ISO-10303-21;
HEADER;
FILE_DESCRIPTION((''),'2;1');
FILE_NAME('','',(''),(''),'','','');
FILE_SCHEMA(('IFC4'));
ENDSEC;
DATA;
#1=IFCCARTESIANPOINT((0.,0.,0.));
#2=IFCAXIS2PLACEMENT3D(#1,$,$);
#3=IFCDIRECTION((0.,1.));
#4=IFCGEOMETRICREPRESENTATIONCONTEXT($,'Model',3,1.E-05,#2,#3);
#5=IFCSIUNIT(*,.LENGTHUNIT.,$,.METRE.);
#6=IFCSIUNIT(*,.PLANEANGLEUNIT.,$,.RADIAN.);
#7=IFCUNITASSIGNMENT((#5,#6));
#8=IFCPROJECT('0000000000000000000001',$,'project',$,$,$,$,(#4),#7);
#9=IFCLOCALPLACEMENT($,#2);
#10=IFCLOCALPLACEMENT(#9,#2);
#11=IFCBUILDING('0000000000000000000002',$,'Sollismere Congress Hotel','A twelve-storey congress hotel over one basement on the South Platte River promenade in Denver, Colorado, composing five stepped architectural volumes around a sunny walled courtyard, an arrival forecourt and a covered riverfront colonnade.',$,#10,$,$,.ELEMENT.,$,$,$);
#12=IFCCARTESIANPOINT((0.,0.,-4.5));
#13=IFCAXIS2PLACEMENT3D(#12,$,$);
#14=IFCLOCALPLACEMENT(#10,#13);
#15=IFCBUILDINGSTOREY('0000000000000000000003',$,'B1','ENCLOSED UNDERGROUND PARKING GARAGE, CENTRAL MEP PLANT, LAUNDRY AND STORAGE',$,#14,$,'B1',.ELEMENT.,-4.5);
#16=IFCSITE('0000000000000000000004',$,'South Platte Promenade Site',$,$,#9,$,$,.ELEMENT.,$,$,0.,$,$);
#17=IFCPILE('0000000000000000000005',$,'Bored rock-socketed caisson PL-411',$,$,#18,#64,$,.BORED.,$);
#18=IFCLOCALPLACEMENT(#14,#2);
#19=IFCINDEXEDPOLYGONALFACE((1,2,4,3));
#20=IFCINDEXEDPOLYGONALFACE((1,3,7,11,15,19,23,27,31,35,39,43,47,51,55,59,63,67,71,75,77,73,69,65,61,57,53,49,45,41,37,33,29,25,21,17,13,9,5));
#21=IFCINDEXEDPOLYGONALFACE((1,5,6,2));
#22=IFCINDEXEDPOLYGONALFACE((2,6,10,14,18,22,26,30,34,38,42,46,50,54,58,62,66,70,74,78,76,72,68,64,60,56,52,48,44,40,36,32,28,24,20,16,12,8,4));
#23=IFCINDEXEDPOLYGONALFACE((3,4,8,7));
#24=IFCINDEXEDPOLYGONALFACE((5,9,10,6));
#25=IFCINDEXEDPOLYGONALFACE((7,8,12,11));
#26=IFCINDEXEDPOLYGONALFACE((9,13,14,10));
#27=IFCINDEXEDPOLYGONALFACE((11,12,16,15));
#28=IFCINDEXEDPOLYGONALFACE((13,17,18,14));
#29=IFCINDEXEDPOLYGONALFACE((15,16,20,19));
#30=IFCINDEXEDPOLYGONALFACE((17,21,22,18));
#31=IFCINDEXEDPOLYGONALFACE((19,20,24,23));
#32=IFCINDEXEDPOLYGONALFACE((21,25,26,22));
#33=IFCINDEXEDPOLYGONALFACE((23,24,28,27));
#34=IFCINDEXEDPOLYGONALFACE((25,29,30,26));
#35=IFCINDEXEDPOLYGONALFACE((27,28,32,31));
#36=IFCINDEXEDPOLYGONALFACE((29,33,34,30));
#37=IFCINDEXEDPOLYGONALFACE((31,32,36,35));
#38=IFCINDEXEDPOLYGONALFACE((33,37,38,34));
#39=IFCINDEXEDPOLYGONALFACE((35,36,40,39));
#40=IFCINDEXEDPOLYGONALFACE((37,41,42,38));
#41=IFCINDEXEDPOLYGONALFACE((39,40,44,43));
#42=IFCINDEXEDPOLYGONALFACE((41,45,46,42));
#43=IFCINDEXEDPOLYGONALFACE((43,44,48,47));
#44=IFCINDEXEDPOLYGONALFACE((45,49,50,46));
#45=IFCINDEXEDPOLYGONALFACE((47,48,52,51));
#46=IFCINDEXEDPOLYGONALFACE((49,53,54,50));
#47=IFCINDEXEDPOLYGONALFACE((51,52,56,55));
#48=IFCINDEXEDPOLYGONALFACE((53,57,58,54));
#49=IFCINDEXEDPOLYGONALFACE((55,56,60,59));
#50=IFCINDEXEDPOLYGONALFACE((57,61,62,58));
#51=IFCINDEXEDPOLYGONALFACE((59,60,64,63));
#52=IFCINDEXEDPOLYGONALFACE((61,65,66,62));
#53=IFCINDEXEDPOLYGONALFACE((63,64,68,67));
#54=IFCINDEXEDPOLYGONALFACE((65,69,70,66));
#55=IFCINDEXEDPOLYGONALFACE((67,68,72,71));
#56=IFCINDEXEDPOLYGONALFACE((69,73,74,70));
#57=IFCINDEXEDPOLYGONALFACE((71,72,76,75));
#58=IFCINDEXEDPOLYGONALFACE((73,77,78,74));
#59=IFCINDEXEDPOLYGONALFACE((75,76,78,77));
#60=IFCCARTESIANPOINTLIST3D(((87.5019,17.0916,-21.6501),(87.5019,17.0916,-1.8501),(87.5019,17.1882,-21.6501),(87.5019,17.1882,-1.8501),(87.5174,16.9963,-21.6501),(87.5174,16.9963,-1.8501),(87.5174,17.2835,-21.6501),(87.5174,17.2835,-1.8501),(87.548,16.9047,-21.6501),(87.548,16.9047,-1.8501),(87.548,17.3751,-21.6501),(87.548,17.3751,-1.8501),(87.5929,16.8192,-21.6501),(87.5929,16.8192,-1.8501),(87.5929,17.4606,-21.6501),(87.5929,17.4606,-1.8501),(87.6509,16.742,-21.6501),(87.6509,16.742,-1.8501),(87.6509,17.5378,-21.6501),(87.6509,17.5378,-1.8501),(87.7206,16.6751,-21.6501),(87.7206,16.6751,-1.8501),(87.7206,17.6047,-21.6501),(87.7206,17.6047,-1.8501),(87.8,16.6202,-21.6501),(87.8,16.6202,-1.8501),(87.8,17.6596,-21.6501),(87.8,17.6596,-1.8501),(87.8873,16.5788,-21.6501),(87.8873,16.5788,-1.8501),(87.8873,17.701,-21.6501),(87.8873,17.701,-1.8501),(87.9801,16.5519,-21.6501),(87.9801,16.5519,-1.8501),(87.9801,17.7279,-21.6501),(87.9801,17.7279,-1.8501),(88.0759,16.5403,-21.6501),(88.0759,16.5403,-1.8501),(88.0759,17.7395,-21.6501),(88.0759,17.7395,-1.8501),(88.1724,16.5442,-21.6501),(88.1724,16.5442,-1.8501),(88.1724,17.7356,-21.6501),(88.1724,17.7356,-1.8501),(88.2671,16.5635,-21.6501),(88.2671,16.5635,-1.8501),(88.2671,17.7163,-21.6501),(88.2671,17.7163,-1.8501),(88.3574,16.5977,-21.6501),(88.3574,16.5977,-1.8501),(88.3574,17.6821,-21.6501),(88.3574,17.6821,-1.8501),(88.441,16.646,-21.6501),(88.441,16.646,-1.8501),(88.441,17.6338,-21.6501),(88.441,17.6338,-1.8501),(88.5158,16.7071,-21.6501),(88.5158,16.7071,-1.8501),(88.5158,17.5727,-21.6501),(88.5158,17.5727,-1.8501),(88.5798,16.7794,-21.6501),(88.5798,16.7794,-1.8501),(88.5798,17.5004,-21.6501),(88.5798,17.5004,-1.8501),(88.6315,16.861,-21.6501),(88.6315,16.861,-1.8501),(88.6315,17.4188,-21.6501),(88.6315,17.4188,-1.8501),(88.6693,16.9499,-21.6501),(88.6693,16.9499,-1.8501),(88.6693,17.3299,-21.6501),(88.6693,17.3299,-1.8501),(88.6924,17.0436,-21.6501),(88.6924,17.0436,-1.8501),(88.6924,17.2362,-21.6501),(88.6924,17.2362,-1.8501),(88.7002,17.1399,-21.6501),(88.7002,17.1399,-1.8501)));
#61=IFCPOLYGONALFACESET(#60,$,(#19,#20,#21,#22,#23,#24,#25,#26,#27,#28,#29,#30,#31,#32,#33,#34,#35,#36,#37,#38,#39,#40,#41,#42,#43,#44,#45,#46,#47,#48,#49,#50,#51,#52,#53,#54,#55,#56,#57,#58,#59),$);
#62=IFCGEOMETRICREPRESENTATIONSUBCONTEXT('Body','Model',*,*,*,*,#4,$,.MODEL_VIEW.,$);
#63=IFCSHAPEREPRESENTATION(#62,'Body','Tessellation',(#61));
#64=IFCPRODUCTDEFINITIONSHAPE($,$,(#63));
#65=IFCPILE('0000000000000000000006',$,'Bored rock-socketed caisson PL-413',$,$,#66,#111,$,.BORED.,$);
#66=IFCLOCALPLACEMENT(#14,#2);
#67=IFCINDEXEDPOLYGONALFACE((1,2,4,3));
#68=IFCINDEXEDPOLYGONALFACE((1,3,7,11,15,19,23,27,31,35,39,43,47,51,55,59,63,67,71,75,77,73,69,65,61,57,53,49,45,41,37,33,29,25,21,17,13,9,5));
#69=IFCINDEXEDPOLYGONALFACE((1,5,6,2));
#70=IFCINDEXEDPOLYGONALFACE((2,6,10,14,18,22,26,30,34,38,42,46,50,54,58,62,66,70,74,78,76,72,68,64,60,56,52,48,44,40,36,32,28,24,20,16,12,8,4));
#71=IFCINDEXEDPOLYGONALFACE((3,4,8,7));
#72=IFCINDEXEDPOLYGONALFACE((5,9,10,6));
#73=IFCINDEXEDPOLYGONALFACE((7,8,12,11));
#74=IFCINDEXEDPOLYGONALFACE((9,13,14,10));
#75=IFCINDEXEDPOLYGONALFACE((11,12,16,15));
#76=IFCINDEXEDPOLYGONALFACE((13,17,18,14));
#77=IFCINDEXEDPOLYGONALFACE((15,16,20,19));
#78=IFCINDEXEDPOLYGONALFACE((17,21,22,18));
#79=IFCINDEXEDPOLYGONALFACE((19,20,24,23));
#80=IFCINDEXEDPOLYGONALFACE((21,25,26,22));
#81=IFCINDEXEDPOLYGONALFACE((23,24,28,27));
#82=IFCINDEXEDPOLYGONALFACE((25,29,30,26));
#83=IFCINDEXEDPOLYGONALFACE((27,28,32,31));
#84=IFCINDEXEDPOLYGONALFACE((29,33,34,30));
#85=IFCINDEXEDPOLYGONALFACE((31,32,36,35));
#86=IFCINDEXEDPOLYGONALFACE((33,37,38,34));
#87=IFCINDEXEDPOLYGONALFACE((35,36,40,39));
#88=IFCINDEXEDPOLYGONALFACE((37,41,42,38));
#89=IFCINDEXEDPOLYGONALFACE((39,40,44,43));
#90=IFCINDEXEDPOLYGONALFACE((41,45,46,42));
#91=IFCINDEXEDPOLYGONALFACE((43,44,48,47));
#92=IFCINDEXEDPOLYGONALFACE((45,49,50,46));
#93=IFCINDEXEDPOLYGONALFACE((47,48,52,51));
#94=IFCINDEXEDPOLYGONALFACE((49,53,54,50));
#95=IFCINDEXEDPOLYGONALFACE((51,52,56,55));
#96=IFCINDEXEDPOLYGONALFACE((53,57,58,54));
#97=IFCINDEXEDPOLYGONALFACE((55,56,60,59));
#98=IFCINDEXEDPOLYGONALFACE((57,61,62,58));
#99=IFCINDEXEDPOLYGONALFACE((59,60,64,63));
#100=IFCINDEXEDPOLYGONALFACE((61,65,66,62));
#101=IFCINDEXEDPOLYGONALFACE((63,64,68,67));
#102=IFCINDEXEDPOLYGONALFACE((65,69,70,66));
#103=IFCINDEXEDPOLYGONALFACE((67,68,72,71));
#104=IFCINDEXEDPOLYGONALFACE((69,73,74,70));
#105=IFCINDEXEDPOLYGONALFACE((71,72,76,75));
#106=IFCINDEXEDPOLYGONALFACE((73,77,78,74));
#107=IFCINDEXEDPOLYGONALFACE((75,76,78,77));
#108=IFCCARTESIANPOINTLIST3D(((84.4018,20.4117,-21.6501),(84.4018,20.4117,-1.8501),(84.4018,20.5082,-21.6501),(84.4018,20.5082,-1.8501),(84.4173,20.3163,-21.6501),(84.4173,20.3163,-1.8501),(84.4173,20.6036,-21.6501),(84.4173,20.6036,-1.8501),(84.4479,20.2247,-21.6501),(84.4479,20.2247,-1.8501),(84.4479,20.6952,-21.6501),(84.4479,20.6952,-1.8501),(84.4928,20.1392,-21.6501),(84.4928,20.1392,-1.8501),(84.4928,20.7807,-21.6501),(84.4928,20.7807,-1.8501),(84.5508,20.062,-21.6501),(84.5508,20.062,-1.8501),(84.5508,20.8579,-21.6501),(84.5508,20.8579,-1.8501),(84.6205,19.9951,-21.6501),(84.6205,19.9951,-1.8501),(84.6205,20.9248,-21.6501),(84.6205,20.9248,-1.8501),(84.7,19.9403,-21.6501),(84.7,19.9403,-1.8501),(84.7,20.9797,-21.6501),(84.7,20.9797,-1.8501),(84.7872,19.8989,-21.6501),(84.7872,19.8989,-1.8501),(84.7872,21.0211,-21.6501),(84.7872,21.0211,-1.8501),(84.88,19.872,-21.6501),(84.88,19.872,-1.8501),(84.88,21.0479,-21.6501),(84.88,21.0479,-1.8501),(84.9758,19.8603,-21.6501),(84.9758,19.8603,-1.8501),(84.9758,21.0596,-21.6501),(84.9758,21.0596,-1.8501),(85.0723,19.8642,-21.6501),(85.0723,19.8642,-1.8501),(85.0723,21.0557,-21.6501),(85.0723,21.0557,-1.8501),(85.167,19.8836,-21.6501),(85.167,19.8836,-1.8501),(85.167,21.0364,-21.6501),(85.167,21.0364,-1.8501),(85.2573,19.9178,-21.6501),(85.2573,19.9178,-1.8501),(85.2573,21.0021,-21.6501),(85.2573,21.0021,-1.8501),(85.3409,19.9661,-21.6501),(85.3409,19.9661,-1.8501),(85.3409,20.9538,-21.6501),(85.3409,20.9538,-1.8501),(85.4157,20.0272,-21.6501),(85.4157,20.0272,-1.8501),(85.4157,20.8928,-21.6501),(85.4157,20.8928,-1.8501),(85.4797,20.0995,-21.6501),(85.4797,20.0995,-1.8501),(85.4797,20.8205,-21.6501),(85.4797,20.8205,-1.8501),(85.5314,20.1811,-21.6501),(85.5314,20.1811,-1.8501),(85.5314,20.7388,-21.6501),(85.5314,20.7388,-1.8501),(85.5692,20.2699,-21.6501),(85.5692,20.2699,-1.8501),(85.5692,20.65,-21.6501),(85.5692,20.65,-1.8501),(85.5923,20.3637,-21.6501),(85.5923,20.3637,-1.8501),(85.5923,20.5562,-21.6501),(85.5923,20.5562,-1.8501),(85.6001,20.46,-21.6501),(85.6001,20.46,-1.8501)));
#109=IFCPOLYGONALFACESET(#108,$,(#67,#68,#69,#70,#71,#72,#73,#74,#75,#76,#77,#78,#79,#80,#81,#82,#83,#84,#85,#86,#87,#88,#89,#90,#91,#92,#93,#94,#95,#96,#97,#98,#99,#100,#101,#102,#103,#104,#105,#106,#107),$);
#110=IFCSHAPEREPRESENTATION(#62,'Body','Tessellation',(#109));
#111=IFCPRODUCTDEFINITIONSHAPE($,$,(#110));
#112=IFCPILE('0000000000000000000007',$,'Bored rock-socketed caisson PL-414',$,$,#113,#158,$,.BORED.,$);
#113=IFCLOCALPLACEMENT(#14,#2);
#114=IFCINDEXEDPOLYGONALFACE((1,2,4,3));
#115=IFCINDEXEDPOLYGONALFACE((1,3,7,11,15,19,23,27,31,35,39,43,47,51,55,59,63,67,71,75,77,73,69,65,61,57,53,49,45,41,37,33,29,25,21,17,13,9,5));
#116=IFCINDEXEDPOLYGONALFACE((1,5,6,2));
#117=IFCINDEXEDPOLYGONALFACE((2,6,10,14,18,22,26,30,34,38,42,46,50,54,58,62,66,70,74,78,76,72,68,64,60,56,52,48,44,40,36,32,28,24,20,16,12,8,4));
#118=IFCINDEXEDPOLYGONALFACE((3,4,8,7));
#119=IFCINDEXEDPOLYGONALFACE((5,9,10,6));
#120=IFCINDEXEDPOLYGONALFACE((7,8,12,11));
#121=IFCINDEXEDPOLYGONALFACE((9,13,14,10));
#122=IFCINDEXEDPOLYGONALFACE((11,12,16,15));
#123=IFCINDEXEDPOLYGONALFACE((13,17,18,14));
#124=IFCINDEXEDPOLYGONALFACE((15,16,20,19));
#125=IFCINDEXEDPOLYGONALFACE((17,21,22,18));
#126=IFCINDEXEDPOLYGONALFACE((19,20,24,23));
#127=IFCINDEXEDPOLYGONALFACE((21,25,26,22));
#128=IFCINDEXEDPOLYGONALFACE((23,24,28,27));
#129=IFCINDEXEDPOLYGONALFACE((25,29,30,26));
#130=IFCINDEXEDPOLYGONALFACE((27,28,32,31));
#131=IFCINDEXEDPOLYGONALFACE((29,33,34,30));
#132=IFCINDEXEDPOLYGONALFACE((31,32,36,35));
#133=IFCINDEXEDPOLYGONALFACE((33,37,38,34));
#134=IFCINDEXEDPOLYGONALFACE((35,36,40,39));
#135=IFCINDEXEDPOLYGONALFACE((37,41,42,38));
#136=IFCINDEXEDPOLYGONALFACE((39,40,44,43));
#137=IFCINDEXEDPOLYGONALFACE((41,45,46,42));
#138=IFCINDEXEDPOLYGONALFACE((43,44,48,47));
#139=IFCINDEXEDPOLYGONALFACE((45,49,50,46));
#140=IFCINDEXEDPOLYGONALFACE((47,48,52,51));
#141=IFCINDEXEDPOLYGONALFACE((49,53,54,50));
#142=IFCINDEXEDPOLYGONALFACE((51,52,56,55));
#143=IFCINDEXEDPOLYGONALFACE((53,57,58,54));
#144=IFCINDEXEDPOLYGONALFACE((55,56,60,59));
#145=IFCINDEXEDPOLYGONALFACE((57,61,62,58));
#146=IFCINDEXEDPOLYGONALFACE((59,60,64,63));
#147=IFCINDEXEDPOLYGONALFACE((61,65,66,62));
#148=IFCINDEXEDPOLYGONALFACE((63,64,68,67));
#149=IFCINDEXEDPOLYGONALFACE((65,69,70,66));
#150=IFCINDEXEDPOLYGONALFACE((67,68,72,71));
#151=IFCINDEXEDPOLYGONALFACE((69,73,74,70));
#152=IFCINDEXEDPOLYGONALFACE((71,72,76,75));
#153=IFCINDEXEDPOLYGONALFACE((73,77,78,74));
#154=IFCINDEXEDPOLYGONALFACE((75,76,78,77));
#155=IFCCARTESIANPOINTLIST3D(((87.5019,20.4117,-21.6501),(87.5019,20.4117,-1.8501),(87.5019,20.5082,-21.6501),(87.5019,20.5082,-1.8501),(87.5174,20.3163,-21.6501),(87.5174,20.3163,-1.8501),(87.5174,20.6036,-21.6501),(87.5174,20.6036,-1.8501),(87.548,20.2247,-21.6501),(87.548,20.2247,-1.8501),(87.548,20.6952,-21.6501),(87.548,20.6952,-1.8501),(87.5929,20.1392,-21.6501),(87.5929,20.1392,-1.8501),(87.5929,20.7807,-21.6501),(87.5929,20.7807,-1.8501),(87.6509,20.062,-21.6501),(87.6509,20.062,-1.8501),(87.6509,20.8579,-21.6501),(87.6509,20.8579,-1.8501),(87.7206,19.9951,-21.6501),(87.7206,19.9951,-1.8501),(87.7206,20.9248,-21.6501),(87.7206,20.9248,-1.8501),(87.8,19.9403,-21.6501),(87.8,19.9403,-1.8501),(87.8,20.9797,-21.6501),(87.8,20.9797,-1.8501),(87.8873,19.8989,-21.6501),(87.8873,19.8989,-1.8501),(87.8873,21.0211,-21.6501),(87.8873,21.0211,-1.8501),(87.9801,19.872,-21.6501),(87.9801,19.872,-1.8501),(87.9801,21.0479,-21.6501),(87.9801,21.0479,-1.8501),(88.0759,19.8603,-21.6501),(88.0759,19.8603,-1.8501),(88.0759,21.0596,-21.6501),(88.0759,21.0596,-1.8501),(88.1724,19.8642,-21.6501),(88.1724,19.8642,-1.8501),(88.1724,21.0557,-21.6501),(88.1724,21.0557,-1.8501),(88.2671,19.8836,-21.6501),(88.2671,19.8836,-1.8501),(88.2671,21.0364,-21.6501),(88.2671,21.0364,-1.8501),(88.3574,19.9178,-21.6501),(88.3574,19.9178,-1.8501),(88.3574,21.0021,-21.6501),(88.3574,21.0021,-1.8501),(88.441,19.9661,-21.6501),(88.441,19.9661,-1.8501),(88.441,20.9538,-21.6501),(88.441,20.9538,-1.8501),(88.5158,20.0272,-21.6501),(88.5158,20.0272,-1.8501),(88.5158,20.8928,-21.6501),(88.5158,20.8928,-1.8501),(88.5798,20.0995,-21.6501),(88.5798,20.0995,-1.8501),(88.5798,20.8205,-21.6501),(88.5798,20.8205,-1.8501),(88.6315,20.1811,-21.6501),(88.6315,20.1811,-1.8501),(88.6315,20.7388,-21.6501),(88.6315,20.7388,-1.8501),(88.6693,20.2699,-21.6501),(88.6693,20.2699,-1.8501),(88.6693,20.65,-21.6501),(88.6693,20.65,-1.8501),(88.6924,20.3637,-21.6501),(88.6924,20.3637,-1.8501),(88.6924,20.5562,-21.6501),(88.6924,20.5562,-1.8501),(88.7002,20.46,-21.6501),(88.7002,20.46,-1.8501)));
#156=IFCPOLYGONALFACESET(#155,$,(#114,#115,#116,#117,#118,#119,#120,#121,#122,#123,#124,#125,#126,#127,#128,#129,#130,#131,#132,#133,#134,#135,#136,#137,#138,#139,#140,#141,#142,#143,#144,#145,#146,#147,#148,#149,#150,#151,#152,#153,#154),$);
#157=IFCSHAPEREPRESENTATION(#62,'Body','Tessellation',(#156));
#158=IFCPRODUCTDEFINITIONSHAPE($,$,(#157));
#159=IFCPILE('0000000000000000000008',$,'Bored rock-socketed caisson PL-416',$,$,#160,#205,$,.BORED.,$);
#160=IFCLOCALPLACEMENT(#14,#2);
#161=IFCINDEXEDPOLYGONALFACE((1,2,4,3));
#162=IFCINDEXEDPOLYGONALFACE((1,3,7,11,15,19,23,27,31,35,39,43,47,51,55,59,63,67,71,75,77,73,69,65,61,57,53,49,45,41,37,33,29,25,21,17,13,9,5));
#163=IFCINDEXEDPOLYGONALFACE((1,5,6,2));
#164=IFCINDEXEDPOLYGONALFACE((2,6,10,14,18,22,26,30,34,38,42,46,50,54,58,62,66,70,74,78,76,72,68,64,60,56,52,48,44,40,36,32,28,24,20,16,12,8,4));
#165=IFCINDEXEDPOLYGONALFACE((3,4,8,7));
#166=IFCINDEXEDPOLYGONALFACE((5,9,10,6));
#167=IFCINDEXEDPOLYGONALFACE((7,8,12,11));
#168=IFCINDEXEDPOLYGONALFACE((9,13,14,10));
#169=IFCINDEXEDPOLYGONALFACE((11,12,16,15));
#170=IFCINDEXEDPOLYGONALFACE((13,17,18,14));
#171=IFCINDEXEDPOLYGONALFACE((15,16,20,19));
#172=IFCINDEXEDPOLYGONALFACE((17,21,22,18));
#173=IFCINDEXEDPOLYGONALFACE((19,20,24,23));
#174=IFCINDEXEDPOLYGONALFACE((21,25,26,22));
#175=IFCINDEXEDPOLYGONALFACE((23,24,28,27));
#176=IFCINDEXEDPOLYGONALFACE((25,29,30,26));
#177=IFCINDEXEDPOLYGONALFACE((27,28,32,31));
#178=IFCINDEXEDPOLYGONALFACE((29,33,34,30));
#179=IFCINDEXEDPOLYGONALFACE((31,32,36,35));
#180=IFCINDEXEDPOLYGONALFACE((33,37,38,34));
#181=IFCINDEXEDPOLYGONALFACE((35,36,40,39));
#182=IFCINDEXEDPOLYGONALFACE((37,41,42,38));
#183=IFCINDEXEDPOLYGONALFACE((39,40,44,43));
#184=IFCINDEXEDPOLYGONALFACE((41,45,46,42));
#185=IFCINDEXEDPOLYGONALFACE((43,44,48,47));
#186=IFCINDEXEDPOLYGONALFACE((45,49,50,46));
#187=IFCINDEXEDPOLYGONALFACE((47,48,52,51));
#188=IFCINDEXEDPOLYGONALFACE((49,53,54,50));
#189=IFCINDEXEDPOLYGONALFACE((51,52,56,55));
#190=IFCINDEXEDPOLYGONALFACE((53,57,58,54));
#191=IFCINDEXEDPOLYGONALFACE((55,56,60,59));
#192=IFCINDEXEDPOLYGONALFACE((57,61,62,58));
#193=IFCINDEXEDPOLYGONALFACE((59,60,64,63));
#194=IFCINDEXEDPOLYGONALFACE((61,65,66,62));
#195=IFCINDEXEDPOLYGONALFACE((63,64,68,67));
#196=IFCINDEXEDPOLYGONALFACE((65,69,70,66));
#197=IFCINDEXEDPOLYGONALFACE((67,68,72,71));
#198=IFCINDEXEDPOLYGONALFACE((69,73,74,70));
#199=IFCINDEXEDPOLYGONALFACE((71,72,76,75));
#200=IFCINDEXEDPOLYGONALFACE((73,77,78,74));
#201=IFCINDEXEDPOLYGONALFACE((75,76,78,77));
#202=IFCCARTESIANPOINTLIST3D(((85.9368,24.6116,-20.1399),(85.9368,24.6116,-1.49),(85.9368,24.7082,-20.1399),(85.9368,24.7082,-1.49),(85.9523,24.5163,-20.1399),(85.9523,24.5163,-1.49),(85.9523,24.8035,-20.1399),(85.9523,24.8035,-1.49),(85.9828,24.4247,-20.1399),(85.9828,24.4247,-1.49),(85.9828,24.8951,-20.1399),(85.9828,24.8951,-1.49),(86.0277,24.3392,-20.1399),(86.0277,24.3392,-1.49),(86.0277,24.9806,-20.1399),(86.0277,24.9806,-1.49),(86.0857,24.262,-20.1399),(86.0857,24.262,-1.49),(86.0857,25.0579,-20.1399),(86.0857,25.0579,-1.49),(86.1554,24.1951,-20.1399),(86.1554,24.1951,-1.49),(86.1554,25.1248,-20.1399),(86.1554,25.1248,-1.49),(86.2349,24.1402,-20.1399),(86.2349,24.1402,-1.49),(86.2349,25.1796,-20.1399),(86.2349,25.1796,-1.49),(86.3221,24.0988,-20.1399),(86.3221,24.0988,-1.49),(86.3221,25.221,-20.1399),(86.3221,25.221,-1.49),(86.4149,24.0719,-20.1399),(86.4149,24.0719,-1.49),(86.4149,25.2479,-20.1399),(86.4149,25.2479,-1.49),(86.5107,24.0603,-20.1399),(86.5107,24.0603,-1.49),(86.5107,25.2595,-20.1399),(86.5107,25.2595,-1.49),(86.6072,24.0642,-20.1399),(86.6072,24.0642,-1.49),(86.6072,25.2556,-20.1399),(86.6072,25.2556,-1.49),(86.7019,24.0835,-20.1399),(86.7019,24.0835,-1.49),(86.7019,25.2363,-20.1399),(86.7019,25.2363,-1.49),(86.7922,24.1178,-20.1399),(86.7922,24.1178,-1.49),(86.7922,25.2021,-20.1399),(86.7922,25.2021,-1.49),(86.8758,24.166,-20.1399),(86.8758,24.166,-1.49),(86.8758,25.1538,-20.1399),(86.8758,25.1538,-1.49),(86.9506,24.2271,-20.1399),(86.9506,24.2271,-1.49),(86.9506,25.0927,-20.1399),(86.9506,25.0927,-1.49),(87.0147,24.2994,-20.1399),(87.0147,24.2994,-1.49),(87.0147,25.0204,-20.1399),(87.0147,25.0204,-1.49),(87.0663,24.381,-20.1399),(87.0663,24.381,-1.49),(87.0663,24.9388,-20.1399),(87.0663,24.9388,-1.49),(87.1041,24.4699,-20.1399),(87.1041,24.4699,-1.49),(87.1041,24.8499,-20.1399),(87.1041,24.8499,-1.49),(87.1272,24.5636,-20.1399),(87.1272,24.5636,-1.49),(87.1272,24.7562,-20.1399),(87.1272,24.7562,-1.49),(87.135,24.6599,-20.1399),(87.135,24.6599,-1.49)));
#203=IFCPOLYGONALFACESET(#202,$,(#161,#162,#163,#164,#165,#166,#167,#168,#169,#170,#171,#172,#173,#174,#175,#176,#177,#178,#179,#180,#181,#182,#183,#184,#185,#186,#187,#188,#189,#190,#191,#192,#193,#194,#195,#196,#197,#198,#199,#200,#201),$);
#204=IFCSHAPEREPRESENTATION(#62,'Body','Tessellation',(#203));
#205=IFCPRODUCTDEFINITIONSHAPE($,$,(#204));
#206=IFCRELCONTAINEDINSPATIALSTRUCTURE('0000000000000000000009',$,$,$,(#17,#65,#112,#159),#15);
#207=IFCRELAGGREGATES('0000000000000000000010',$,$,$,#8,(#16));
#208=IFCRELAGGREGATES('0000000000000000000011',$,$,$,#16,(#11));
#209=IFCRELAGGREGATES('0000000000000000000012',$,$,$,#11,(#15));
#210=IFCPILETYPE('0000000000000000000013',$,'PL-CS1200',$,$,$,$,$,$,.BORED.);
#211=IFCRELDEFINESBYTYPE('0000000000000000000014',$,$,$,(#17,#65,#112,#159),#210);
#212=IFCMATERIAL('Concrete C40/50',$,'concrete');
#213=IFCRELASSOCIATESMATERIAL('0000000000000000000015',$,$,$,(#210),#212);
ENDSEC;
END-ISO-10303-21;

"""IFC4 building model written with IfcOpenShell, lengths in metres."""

from ifc_helpers import new_model, si_unit, direction, frame, origin, origin_2d, place, context, subcontext, project, spatial, circle, extrude, material, material_profile, profile_set, type_object, element, save


model = new_model("IFC4")

# Units and contexts
model_context = context("Model", 3, precision=1e-05, world=origin(), true_north=direction((0.0, 1.0)))
body_context = subcontext(model_context, "Body", "Model", "MODEL_VIEW")
ifc_project = project(units=[si_unit("LENGTHUNIT", "METRE"), si_unit("PLANEANGLEUNIT", "RADIAN")], contexts=[model_context])

# Site, building, storey
site_placement = place(None, origin())
site = spatial("IfcSite", under=ifc_project, at=site_placement, Name="South Platte Promenade Site", CompositionType="ELEMENT", RefElevation=0.0)
building_placement = place(site_placement, origin())
building = spatial("IfcBuilding", under=site, at=building_placement, Name="Sollismere Congress Hotel", Description="A twelve-storey congress hotel over one basement on the South Platte River promenade in Denver, Colorado, composing five stepped architectural volumes around a sunny walled courtyard, an arrival forecourt and a covered riverfront colonnade.", CompositionType="ELEMENT")
storey_placement = place(building_placement, frame((0.0, 0.0, -4.5)))
storey = spatial("IfcBuildingStorey", under=building, at=storey_placement, Name="B1", Description="ENCLOSED UNDERGROUND PARKING GARAGE, CENTRAL MEP PLANT, LAUNDRY AND STORAGE", LongName="B1", CompositionType="ELEMENT", Elevation=-4.5)

# Shared definitions
ifc_material_1 = material(Name="Concrete C40/50", Category="concrete")

# Piles
ifc_material_profile_1 = material_profile(ifc_material_1, circle(Radius=0.6001, at=origin_2d()), Name="CAISSON1200")
ifc_profile_set_1 = profile_set([ifc_material_profile_1], Name="Concrete C40/50")
pile_type = type_object("IfcPileType", Name="PL-CS1200", PredefinedType="BORED", material=ifc_profile_set_1)
for number, where, z_axis, x_axis, name in (
    (1, (88.1001, 17.1399, -1.8501), (0.0, 0.0, -1.0), (1.0, 0.0, 0.0), "Bored rock-socketed caisson PL-411"),
    (2, (85.0, 20.46, -1.8501), (0.0, 0.0, -1.0), (1.0, 0.0, 0.0), "Bored rock-socketed caisson PL-413"),
    (3, (88.1001, 20.46, -1.8501), (0.0, 0.0, -1.0), (1.0, 0.0, 0.0), "Bored rock-socketed caisson PL-414"),
):
    element("IfcPile", number, at=place(storey_placement, frame(where, z_axis=z_axis, x_axis=x_axis)), inside=storey, type_object=pile_type, Name=name, PredefinedType="BORED", context=body_context, shape_type="SweptSolid", body=[
        extrude(circle(Radius=0.6001, at=origin_2d()), origin(), (0.0, 0.0, 1.0), 19.8),
    ])
for number, where, z_axis, x_axis, name in (
    (4, (86.5349, 24.6599, -1.49), (0.0, 0.0, -1.0), (1.0, 0.0, 0.0), "Bored rock-socketed caisson PL-416"),
):
    element("IfcPile", number, at=place(storey_placement, frame(where, z_axis=z_axis, x_axis=x_axis)), inside=storey, type_object=pile_type, Name=name, PredefinedType="BORED", context=body_context, shape_type="SweptSolid", body=[
        extrude(circle(Radius=0.6001, at=origin_2d()), origin(), (0.0, 0.0, 1.0), 18.6499),
    ])

save(model, "model.ifc")
